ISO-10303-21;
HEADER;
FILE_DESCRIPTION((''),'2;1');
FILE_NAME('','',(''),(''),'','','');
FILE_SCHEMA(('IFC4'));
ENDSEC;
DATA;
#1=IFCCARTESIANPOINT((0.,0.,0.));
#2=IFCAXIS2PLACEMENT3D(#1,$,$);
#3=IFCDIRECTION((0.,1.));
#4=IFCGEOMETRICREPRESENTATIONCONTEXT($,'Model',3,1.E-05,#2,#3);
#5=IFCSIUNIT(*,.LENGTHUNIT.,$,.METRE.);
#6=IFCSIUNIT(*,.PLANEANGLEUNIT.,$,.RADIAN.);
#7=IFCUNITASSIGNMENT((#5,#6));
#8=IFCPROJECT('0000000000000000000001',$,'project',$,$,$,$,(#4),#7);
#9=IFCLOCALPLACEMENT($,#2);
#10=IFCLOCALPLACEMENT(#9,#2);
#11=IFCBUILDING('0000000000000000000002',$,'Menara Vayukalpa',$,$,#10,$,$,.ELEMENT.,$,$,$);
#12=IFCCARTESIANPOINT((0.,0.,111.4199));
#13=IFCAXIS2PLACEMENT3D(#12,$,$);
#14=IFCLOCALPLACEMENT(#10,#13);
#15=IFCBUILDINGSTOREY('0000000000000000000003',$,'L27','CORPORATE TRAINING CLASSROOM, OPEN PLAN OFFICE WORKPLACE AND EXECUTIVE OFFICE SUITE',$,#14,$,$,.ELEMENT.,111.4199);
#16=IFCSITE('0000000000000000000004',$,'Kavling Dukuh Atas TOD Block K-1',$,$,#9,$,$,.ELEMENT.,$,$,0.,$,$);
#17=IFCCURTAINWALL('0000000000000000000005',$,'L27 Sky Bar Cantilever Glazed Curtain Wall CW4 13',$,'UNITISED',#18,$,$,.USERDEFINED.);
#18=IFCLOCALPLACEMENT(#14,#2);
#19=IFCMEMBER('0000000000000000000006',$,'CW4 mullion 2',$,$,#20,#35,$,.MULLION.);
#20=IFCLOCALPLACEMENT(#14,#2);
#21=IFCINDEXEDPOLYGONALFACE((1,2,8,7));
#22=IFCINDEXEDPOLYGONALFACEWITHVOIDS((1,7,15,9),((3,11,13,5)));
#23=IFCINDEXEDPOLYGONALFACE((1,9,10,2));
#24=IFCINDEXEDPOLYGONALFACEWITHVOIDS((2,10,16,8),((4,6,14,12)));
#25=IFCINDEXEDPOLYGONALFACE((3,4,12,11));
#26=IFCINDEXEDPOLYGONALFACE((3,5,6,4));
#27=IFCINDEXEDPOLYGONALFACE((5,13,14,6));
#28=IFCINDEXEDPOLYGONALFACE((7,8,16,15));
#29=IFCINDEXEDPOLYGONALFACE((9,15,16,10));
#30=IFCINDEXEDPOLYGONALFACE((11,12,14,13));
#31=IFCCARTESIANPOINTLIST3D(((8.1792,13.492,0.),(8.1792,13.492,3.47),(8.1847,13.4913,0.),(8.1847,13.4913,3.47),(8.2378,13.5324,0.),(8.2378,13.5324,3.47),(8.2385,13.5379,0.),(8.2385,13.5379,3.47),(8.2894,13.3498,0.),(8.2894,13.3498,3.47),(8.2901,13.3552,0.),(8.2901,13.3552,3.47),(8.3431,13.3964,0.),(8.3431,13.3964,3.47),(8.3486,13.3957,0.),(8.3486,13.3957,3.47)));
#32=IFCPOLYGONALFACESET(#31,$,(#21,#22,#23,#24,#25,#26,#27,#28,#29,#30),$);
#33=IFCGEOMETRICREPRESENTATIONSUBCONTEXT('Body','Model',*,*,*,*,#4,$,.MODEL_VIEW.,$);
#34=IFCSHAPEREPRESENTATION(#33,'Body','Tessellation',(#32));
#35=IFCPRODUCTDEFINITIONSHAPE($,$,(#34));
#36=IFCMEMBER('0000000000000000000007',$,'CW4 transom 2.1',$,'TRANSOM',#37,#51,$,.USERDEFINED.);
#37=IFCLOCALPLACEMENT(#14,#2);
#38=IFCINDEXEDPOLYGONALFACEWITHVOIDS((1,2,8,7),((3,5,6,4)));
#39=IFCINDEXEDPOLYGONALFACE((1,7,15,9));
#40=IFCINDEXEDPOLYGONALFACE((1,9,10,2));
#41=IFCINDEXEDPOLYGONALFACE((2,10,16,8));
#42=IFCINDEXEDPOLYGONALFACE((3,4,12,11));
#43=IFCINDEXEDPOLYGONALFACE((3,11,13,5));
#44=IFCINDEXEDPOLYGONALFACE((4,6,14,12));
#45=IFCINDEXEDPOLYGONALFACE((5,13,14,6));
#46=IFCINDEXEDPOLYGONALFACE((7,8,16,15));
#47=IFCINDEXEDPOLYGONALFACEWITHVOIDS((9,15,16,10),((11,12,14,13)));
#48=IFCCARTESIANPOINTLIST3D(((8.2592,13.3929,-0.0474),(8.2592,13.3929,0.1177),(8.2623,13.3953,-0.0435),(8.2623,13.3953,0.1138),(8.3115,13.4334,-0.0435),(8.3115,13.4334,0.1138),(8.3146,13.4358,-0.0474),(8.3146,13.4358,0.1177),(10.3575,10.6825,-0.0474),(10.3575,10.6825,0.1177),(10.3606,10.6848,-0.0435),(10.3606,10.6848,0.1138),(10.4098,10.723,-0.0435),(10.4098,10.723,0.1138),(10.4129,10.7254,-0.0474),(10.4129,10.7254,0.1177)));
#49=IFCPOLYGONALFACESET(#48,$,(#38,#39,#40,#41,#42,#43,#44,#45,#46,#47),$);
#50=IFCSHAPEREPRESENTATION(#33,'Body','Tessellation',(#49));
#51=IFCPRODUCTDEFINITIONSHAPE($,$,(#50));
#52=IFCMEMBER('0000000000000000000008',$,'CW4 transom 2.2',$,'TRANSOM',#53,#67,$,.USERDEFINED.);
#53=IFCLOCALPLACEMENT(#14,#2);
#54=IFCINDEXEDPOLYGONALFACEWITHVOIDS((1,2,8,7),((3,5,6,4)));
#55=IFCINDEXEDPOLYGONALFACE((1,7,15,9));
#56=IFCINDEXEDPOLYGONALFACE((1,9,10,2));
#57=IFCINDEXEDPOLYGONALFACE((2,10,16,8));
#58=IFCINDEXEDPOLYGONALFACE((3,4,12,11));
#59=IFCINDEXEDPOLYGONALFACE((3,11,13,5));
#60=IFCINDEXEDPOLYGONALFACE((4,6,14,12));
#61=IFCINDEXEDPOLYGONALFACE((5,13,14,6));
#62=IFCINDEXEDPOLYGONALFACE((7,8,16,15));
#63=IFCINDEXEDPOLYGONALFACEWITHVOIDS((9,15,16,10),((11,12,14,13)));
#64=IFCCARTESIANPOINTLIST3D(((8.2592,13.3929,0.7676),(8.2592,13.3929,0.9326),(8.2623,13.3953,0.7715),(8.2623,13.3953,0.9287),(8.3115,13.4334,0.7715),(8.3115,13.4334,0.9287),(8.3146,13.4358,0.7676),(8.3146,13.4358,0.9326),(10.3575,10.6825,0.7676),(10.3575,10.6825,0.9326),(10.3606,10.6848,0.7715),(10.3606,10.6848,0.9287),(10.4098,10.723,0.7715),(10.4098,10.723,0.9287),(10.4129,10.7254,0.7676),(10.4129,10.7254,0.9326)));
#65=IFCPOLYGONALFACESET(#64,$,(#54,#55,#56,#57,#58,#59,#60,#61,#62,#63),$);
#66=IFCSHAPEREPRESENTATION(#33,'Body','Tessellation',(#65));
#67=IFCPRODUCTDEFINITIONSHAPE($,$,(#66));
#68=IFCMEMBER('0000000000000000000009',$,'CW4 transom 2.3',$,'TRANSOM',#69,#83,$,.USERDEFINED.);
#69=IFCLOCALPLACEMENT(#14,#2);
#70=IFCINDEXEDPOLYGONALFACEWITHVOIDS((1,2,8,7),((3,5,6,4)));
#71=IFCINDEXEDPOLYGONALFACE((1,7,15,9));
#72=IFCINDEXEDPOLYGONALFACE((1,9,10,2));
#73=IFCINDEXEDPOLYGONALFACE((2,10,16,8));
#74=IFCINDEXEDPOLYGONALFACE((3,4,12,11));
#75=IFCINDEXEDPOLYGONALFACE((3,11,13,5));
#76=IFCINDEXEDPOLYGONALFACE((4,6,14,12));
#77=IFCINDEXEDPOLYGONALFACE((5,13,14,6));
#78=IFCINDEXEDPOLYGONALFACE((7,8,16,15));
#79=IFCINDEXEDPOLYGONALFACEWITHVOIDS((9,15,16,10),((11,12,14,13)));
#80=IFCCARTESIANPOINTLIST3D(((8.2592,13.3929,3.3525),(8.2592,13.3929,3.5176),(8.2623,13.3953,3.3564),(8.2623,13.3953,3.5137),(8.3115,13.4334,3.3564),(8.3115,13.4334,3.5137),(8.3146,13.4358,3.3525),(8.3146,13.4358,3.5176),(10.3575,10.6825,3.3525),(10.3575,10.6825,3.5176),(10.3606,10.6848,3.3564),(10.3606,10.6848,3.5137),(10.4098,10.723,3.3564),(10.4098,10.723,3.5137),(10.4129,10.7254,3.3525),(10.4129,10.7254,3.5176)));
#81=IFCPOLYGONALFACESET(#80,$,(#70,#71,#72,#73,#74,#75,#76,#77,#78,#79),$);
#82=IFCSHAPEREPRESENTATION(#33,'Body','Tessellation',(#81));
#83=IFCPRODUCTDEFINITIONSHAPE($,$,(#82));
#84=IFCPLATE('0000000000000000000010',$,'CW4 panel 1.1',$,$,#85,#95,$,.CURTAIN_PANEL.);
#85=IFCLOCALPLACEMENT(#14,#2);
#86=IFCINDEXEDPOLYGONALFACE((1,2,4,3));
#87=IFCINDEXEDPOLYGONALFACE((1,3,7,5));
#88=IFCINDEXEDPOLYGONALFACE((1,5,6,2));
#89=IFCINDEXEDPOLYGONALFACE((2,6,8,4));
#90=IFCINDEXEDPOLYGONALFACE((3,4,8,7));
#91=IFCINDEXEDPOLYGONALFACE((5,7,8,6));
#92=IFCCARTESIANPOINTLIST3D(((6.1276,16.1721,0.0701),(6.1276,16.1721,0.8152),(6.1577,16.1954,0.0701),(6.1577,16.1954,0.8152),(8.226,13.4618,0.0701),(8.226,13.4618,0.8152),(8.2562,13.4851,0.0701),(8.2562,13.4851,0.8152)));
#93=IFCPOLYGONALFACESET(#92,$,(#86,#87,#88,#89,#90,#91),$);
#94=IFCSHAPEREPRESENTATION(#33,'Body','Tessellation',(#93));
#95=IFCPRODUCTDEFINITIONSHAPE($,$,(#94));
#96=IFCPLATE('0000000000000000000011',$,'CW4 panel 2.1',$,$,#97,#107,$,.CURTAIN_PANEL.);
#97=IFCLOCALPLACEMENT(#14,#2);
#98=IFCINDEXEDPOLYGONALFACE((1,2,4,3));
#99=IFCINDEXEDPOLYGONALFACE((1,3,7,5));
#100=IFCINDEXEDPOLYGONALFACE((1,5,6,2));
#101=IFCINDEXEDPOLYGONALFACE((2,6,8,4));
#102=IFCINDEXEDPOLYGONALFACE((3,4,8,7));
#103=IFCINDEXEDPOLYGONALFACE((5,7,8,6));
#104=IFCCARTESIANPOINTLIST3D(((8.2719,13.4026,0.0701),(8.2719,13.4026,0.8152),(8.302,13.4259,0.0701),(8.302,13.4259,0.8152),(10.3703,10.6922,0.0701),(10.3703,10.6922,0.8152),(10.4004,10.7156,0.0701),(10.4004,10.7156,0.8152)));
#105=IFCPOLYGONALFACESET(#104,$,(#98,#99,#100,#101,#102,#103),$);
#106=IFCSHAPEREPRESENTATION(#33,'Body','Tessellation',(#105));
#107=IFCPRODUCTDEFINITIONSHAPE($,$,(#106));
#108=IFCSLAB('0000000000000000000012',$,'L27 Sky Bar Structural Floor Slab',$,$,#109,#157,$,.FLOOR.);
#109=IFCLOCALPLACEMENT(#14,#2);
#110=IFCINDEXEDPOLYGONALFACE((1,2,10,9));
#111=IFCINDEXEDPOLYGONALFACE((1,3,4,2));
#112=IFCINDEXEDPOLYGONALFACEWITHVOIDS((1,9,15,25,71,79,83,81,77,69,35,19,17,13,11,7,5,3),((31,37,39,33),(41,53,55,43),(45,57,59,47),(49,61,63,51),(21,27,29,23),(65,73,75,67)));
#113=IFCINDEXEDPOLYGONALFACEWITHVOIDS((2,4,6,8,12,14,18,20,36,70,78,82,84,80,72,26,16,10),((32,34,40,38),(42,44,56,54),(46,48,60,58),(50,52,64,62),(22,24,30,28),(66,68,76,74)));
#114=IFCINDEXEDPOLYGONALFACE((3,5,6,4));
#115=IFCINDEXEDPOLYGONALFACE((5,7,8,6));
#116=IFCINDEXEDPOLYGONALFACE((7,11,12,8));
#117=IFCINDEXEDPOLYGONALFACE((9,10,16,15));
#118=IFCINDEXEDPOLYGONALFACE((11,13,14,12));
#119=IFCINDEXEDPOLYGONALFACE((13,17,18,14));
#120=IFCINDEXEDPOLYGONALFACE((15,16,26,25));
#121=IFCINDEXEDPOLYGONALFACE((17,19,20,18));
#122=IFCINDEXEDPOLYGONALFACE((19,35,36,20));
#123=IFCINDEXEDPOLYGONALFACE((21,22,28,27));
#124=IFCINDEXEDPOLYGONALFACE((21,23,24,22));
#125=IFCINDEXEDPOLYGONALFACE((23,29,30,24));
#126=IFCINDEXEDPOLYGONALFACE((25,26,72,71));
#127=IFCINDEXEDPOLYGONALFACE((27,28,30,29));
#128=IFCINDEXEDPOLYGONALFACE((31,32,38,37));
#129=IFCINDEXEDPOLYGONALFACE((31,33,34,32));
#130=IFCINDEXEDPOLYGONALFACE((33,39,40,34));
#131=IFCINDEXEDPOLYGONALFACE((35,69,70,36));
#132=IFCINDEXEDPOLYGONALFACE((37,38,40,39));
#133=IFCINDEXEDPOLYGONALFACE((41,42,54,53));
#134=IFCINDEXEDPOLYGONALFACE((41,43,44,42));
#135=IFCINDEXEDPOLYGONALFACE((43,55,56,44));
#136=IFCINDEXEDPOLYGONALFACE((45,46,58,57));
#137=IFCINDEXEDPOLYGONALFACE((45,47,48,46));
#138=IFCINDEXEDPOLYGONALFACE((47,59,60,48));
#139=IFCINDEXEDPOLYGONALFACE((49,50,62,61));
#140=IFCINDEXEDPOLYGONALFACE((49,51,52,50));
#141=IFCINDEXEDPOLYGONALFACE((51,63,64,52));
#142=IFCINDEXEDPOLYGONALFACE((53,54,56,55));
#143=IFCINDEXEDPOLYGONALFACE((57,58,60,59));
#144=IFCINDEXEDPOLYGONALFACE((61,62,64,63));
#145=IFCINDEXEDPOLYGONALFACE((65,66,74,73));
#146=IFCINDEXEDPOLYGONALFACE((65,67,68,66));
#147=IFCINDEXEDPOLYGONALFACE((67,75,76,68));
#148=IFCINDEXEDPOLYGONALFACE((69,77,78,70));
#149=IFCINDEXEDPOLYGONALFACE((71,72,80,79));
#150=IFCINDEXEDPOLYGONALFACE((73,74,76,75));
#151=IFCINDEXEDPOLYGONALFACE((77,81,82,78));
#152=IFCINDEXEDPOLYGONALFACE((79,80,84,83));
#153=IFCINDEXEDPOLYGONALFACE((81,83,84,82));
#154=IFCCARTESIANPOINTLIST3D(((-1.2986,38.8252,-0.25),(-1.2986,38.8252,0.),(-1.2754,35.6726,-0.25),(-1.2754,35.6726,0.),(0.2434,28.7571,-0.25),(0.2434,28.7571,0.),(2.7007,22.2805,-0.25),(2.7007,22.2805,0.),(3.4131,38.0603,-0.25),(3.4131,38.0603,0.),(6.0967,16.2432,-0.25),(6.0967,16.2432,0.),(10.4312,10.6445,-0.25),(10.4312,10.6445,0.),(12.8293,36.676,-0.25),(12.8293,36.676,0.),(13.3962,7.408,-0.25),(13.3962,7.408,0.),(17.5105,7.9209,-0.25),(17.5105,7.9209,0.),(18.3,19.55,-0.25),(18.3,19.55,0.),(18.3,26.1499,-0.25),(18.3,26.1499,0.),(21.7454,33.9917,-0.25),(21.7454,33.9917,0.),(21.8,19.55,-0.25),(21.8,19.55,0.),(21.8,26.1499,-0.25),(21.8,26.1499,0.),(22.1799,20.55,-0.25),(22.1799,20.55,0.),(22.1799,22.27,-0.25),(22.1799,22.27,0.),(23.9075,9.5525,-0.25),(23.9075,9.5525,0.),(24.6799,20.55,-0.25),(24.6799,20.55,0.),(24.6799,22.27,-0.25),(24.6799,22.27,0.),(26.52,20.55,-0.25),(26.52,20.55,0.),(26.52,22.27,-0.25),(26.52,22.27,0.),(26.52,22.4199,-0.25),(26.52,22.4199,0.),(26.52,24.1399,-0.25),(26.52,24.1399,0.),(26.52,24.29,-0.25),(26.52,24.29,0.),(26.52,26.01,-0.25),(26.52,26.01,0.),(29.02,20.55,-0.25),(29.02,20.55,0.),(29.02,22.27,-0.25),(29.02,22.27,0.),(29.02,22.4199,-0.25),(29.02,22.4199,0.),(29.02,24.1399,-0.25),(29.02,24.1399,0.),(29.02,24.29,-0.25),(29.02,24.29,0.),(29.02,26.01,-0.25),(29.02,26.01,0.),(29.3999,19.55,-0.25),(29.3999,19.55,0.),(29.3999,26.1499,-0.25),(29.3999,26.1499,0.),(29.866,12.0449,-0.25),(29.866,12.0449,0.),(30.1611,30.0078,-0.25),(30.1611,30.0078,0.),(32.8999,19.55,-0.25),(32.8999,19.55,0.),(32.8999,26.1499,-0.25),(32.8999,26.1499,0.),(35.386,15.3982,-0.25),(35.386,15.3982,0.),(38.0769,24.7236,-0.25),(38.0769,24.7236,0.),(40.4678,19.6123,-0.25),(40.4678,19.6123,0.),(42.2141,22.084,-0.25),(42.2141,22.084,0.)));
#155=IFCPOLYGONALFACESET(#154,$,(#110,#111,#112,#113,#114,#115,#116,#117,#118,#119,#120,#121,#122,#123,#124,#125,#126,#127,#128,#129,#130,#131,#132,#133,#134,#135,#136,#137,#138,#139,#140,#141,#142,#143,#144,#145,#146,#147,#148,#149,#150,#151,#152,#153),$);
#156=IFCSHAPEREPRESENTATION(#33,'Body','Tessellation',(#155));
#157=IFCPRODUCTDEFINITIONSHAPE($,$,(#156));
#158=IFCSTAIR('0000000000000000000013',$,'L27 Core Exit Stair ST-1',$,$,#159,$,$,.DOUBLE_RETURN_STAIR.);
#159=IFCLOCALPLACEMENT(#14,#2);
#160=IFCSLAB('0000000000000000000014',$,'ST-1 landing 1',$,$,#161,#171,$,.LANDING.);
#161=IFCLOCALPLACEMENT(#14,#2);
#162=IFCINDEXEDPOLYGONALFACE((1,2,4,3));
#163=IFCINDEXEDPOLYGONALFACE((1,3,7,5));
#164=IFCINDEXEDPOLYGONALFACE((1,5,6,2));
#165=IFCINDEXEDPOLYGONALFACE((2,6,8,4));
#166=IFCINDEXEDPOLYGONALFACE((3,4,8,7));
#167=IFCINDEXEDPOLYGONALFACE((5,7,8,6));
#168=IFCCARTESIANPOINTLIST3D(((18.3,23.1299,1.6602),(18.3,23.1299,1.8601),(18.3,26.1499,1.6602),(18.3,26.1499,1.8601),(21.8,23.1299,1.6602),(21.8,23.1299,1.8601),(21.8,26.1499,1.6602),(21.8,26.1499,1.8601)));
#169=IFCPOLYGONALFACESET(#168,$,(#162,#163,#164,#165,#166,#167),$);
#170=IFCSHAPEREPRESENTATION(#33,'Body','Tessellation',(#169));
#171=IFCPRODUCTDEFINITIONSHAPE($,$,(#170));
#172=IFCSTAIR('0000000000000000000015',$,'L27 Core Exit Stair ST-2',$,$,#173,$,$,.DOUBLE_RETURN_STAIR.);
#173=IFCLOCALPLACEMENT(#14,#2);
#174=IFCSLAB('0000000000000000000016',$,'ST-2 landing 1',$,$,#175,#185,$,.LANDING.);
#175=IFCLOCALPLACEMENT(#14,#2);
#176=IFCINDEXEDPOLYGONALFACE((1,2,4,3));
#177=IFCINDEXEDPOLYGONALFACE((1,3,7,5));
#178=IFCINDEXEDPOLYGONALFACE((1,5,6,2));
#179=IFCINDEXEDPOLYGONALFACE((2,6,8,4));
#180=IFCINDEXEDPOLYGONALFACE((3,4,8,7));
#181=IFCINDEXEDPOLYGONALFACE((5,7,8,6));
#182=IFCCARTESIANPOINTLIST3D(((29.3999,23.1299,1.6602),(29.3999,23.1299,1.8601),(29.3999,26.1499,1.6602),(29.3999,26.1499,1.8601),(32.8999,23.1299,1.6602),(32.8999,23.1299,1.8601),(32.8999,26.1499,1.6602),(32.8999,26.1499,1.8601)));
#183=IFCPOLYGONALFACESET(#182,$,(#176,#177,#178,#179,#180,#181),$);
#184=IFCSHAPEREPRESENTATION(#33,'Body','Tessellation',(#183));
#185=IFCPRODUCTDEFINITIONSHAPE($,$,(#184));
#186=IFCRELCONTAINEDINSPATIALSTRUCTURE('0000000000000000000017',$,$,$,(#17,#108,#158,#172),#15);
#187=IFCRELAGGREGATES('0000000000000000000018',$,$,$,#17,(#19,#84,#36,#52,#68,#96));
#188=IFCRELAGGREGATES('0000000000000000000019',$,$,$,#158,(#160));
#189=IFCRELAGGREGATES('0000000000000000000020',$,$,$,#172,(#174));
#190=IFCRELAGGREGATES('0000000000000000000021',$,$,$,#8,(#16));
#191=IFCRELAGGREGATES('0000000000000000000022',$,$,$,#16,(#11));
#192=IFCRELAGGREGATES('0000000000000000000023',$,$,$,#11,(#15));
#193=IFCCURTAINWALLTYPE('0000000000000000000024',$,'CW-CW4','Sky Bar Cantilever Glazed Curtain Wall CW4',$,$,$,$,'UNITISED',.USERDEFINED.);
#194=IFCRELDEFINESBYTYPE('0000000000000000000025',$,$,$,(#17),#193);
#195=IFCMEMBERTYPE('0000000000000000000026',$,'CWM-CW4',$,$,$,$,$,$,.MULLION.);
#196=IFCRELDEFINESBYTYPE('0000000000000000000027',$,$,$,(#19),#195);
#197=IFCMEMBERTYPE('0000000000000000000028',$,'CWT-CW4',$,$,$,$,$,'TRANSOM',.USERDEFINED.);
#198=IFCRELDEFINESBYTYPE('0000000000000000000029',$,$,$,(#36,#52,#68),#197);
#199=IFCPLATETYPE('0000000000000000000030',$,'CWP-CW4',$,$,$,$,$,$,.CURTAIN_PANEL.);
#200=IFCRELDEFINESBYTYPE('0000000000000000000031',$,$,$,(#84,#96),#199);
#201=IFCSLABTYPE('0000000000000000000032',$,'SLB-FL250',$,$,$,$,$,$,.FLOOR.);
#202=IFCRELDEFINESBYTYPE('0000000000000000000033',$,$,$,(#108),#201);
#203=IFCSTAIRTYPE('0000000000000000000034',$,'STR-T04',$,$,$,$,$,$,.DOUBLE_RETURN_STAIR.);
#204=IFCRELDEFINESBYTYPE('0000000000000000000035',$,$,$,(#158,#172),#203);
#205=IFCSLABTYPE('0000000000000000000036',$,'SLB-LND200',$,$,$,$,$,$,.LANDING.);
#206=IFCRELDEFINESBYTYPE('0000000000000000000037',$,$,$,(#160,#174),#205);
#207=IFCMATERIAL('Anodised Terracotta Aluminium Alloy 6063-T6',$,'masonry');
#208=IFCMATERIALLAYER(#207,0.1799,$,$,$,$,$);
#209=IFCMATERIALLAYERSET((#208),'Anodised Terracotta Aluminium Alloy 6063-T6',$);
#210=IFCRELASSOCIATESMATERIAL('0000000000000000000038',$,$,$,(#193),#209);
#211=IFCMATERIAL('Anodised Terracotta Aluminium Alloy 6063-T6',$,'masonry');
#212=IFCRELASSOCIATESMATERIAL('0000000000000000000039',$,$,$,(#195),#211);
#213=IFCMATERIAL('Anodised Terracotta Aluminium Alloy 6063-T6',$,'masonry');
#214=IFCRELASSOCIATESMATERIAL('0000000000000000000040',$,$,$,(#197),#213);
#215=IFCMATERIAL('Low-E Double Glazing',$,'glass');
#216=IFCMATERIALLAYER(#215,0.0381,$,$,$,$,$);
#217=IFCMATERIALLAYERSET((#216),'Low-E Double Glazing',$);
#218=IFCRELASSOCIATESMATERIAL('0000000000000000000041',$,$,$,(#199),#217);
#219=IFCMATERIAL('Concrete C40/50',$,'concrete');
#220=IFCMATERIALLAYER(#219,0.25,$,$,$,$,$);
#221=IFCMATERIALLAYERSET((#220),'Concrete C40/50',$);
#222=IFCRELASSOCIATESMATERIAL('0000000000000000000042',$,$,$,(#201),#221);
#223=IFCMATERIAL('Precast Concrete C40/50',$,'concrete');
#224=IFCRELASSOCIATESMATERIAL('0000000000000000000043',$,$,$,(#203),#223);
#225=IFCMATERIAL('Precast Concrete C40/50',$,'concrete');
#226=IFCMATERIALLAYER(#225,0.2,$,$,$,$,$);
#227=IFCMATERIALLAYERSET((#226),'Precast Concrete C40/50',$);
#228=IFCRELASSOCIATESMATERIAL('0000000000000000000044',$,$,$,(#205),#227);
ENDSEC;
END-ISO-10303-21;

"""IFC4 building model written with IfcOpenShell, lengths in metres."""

from ifc_helpers import new_model, si_unit, direction, frame, origin, origin_2d, place, context, subcontext, project, spatial, polyline, rectangle, hollow_rectangle, outline, extrude, material, layer, layer_set, material_profile, profile_set, type_object, element, aggregate, save


model = new_model("IFC4")

# Units and contexts
model_context = context("Model", 3, precision=1e-05, world=origin(), true_north=direction((0.0, 1.0)))
body_context = subcontext(model_context, "Body", "Model", "MODEL_VIEW")
ifc_project = project(units=[si_unit("LENGTHUNIT", "METRE"), si_unit("PLANEANGLEUNIT", "RADIAN")], contexts=[model_context])

# Site, building, storey
site_placement = place(None, origin())
site = spatial("IfcSite", under=ifc_project, at=site_placement, Name="Kavling Dukuh Atas TOD Block K-1", CompositionType="ELEMENT", RefElevation=0.0)
building_placement = place(site_placement, origin())
building = spatial("IfcBuilding", under=site, at=building_placement, Name="Menara Vayukalpa", CompositionType="ELEMENT")
storey_placement = place(building_placement, frame((0.0, 0.0, 111.4199)))
storey = spatial("IfcBuildingStorey", under=building, at=storey_placement, Name="L27", Description="CORPORATE TRAINING CLASSROOM, OPEN PLAN OFFICE WORKPLACE AND EXECUTIVE OFFICE SUITE", CompositionType="ELEMENT", Elevation=111.4199)

# Curtain wall, members, plates
ifc_material_1 = material(Name="Anodised Terracotta Aluminium Alloy 6063-T6", Category="masonry")
ifc_layer_1 = layer(ifc_material_1, 0.1799)
ifc_layer_set_1 = layer_set([ifc_layer_1], Name="Anodised Terracotta Aluminium Alloy 6063-T6")
curtain_wall_type = type_object("IfcCurtainWallType", Name="CW-CW4", Description="Sky Bar Cantilever Glazed Curtain Wall CW4", ElementType="UNITISED", PredefinedType="USERDEFINED", material=ifc_layer_set_1)
curtain_wall_placement = place(storey_placement, origin())
curtain_wall = element("IfcCurtainWall", 1, at=curtain_wall_placement, inside=storey, type_object=curtain_wall_type, Name="L27 Sky Bar Cantilever Glazed Curtain Wall CW4 13", ObjectType="UNITISED", PredefinedType="USERDEFINED")
ifc_material_2 = material(Name="Anodised Terracotta Aluminium Alloy 6063-T6", Category="masonry")
ifc_material_profile_1 = material_profile(ifc_material_2, hollow_rectangle(XDim=0.075, YDim=0.1799, WallThickness=0.0039, at=origin_2d()), Name="ALU 75x180x4")
ifc_profile_set_1 = profile_set([ifc_material_profile_1], Name="Anodised Terracotta Aluminium Alloy 6063-T6")
member_type_1 = type_object("IfcMemberType", Name="CWM-CW4", PredefinedType="MULLION", material=ifc_profile_set_1)
member_1_placement = place(storey_placement, frame((8.2639, 13.4438, 0.0), z_axis=(0.0, 0.0, 1.0), x_axis=(0.790712, 0.612189, 0.0)))
member_1 = element("IfcMember", 2, at=member_1_placement, type_object=member_type_1, Name="CW4 mullion 2", PredefinedType="MULLION", context=body_context, shape_type="SweptSolid", body=[
    extrude(hollow_rectangle(XDim=0.075, YDim=0.1799, WallThickness=0.0039, at=origin_2d()), origin(), (0.0, 0.0, 1.0), 3.47),
])
ifc_material_3 = material(Name="Anodised Terracotta Aluminium Alloy 6063-T6", Category="masonry")
ifc_material_profile_2 = material_profile(ifc_material_3, hollow_rectangle(XDim=0.0701, YDim=0.165, WallThickness=0.0039, at=origin_2d()), Name="ALU 70x165x4")
ifc_profile_set_2 = profile_set([ifc_material_profile_2], Name="Anodised Terracotta Aluminium Alloy 6063-T6")
member_type_2 = type_object("IfcMemberType", Name="CWT-CW4", ElementType="TRANSOM", PredefinedType="USERDEFINED", material=ifc_profile_set_2)
member_2_placement = place(storey_placement, frame((8.2869, 13.4143, 0.0352), z_axis=(0.612169, -0.790727, 0.0), x_axis=(0.790727, 0.612169, 0.0)))
member_2 = element("IfcMember", 3, at=member_2_placement, type_object=member_type_2, Name="CW4 transom 2.1", ObjectType="TRANSOM", PredefinedType="USERDEFINED", context=body_context, shape_type="SweptSolid", body=[
    extrude(hollow_rectangle(XDim=0.0701, YDim=0.165, WallThickness=0.0039, at=origin_2d()), origin(), (0.0, 0.0, 1.0), 3.4277),
])
member_3_placement = place(storey_placement, frame((8.2869, 13.4143, 0.8501), z_axis=(0.612169, -0.790727, 0.0), x_axis=(0.790727, 0.612169, 0.0)))
member_3 = element("IfcMember", 4, at=member_3_placement, type_object=member_type_2, Name="CW4 transom 2.2", ObjectType="TRANSOM", PredefinedType="USERDEFINED", context=body_context, shape_type="SweptSolid", body=[
    extrude(hollow_rectangle(XDim=0.0701, YDim=0.165, WallThickness=0.0039, at=origin_2d()), origin(), (0.0, 0.0, 1.0), 3.4277),
])
member_4_placement = place(storey_placement, frame((8.2869, 13.4143, 3.4351), z_axis=(0.612169, -0.790727, 0.0), x_axis=(0.790727, 0.612169, 0.0)))
member_4 = element("IfcMember", 5, at=member_4_placement, type_object=member_type_2, Name="CW4 transom 2.3", ObjectType="TRANSOM", PredefinedType="USERDEFINED", context=body_context, shape_type="SweptSolid", body=[
    extrude(hollow_rectangle(XDim=0.0701, YDim=0.165, WallThickness=0.0039, at=origin_2d()), origin(), (0.0, 0.0, 1.0), 3.4277),
])
ifc_material_4 = material(Name="Low-E Double Glazing", Category="glass")
ifc_layer_2 = layer(ifc_material_4, 0.0381)
ifc_layer_set_2 = layer_set([ifc_layer_2], Name="Low-E Double Glazing")
plate_type = type_object("IfcPlateType", Name="CWP-CW4", PredefinedType="CURTAIN_PANEL", material=ifc_layer_set_2)
plate_1_placement = place(storey_placement, frame((7.1919, 14.8286, 0.0701), z_axis=(0.0, 0.0, 1.0), x_axis=(0.612189, -0.790712, 0.0)))
plate_1 = element("IfcPlate", 6, at=plate_1_placement, type_object=plate_type, Name="CW4 panel 1.1", PredefinedType="CURTAIN_PANEL", context=body_context, shape_type="SweptSolid", body=[
    extrude(rectangle(XDim=3.4277, YDim=0.0381, at=origin_2d()), origin(), (0.0, 0.0, 1.0), 0.7451),
])
plate_2_placement = place(storey_placement, frame((9.3362, 12.0591, 0.0701), z_axis=(0.0, 0.0, 1.0), x_axis=(0.612189, -0.790712, 0.0)))
plate_2 = element("IfcPlate", 7, at=plate_2_placement, type_object=plate_type, Name="CW4 panel 2.1", PredefinedType="CURTAIN_PANEL", context=body_context, shape_type="SweptSolid", body=[
    extrude(rectangle(XDim=3.4277, YDim=0.0381, at=origin_2d()), origin(), (0.0, 0.0, 1.0), 0.7451),
])
aggregate(curtain_wall, [member_1, plate_1, member_2, member_3, member_4, plate_2])

# Slab
ifc_material_5 = material(Name="Concrete C40/50", Category="concrete")
ifc_layer_3 = layer(ifc_material_5, 0.25)
ifc_layer_set_3 = layer_set([ifc_layer_3], Name="Concrete C40/50")
slab_type_1 = type_object("IfcSlabType", Name="SLB-FL250", PredefinedType="FLOOR", material=ifc_layer_set_3)
slab_1_placement = place(storey_placement, frame((0.0, 0.0, -0.25)))
element("IfcSlab", 8, at=slab_1_placement, inside=storey, type_object=slab_type_1, Name="L27 Sky Bar Structural Floor Slab", PredefinedType="FLOOR", context=body_context, shape_type="SweptSolid", body=[
    extrude(outline(polyline([(40.4678, 19.6123), (42.2141, 22.084), (38.0769, 24.7236), (30.1611, 30.0078), (21.7454, 33.9917), (12.8293, 36.676), (3.4131, 38.0603), (-1.2986, 38.8252), (-1.2754, 35.6726), (0.2434, 28.7571), (2.7007, 22.2805), (6.0967, 16.2432), (10.4312, 10.6445), (13.3962, 7.408), (17.5105, 7.9209), (23.9075, 9.5525), (29.866, 12.0449), (35.386, 15.3982), (40.4678, 19.6123)]), holes=[polyline([(21.8, 19.55), (21.8, 26.1499), (18.3, 26.1499), (18.3, 19.55), (21.8, 19.55)]), polyline([(32.8999, 19.55), (32.8999, 26.1499), (29.3999, 26.1499), (29.3999, 19.55), (32.8999, 19.55)]), polyline([(22.1799, 20.55), (24.6799, 20.55), (24.6799, 22.27), (22.1799, 22.27), (22.1799, 20.55)]), polyline([(26.52, 20.55), (29.02, 20.55), (29.02, 22.27), (26.52, 22.27), (26.52, 20.55)]), polyline([(26.52, 24.29), (29.02, 24.29), (29.02, 26.01), (26.52, 26.01), (26.52, 24.29)]), polyline([(26.52, 22.4199), (29.02, 22.4199), (29.02, 24.1399), (26.52, 24.1399), (26.52, 22.4199)])]), origin(), (0.0, 0.0, 1.0), 0.25),
])

# Stairs, slabs
ifc_material_6 = material(Name="Precast Concrete C40/50", Category="concrete")
stair_type = type_object("IfcStairType", Name="STR-T04", PredefinedType="DOUBLE_RETURN_STAIR", material=ifc_material_6)
stair_1_placement = place(storey_placement, origin())
stair_1 = element("IfcStair", 9, at=stair_1_placement, inside=storey, type_object=stair_type, Name="L27 Core Exit Stair ST-1", PredefinedType="DOUBLE_RETURN_STAIR")
ifc_material_7 = material(Name="Precast Concrete C40/50", Category="concrete")
ifc_layer_4 = layer(ifc_material_7, 0.2)
ifc_layer_set_4 = layer_set([ifc_layer_4], Name="Precast Concrete C40/50")
slab_type_2 = type_object("IfcSlabType", Name="SLB-LND200", PredefinedType="LANDING", material=ifc_layer_set_4)
slab_2_placement = place(storey_placement, frame((0.0, 0.0, 1.6602)))
slab_2 = element("IfcSlab", 10, at=slab_2_placement, type_object=slab_type_2, Name="ST-1 landing 1", PredefinedType="LANDING", context=body_context, shape_type="SweptSolid", body=[
    extrude(outline(polyline([(21.8, 23.1299), (21.8, 26.1499), (18.3, 26.1499), (18.3, 23.1299), (21.8, 23.1299)])), origin(), (0.0, 0.0, 1.0), 0.2),
])
aggregate(stair_1, [slab_2])
stair_2_placement = place(storey_placement, origin())
stair_2 = element("IfcStair", 11, at=stair_2_placement, inside=storey, type_object=stair_type, Name="L27 Core Exit Stair ST-2", PredefinedType="DOUBLE_RETURN_STAIR")
slab_3_placement = place(storey_placement, frame((0.0, 0.0, 1.6602)))
slab_3 = element("IfcSlab", 12, at=slab_3_placement, type_object=slab_type_2, Name="ST-2 landing 1", PredefinedType="LANDING", context=body_context, shape_type="SweptSolid", body=[
    extrude(outline(polyline([(32.8999, 23.1299), (32.8999, 26.1499), (29.3999, 26.1499), (29.3999, 23.1299), (32.8999, 23.1299)])), origin(), (0.0, 0.0, 1.0), 0.2),
])
aggregate(stair_2, [slab_3])

save(model, "model.ifc")
